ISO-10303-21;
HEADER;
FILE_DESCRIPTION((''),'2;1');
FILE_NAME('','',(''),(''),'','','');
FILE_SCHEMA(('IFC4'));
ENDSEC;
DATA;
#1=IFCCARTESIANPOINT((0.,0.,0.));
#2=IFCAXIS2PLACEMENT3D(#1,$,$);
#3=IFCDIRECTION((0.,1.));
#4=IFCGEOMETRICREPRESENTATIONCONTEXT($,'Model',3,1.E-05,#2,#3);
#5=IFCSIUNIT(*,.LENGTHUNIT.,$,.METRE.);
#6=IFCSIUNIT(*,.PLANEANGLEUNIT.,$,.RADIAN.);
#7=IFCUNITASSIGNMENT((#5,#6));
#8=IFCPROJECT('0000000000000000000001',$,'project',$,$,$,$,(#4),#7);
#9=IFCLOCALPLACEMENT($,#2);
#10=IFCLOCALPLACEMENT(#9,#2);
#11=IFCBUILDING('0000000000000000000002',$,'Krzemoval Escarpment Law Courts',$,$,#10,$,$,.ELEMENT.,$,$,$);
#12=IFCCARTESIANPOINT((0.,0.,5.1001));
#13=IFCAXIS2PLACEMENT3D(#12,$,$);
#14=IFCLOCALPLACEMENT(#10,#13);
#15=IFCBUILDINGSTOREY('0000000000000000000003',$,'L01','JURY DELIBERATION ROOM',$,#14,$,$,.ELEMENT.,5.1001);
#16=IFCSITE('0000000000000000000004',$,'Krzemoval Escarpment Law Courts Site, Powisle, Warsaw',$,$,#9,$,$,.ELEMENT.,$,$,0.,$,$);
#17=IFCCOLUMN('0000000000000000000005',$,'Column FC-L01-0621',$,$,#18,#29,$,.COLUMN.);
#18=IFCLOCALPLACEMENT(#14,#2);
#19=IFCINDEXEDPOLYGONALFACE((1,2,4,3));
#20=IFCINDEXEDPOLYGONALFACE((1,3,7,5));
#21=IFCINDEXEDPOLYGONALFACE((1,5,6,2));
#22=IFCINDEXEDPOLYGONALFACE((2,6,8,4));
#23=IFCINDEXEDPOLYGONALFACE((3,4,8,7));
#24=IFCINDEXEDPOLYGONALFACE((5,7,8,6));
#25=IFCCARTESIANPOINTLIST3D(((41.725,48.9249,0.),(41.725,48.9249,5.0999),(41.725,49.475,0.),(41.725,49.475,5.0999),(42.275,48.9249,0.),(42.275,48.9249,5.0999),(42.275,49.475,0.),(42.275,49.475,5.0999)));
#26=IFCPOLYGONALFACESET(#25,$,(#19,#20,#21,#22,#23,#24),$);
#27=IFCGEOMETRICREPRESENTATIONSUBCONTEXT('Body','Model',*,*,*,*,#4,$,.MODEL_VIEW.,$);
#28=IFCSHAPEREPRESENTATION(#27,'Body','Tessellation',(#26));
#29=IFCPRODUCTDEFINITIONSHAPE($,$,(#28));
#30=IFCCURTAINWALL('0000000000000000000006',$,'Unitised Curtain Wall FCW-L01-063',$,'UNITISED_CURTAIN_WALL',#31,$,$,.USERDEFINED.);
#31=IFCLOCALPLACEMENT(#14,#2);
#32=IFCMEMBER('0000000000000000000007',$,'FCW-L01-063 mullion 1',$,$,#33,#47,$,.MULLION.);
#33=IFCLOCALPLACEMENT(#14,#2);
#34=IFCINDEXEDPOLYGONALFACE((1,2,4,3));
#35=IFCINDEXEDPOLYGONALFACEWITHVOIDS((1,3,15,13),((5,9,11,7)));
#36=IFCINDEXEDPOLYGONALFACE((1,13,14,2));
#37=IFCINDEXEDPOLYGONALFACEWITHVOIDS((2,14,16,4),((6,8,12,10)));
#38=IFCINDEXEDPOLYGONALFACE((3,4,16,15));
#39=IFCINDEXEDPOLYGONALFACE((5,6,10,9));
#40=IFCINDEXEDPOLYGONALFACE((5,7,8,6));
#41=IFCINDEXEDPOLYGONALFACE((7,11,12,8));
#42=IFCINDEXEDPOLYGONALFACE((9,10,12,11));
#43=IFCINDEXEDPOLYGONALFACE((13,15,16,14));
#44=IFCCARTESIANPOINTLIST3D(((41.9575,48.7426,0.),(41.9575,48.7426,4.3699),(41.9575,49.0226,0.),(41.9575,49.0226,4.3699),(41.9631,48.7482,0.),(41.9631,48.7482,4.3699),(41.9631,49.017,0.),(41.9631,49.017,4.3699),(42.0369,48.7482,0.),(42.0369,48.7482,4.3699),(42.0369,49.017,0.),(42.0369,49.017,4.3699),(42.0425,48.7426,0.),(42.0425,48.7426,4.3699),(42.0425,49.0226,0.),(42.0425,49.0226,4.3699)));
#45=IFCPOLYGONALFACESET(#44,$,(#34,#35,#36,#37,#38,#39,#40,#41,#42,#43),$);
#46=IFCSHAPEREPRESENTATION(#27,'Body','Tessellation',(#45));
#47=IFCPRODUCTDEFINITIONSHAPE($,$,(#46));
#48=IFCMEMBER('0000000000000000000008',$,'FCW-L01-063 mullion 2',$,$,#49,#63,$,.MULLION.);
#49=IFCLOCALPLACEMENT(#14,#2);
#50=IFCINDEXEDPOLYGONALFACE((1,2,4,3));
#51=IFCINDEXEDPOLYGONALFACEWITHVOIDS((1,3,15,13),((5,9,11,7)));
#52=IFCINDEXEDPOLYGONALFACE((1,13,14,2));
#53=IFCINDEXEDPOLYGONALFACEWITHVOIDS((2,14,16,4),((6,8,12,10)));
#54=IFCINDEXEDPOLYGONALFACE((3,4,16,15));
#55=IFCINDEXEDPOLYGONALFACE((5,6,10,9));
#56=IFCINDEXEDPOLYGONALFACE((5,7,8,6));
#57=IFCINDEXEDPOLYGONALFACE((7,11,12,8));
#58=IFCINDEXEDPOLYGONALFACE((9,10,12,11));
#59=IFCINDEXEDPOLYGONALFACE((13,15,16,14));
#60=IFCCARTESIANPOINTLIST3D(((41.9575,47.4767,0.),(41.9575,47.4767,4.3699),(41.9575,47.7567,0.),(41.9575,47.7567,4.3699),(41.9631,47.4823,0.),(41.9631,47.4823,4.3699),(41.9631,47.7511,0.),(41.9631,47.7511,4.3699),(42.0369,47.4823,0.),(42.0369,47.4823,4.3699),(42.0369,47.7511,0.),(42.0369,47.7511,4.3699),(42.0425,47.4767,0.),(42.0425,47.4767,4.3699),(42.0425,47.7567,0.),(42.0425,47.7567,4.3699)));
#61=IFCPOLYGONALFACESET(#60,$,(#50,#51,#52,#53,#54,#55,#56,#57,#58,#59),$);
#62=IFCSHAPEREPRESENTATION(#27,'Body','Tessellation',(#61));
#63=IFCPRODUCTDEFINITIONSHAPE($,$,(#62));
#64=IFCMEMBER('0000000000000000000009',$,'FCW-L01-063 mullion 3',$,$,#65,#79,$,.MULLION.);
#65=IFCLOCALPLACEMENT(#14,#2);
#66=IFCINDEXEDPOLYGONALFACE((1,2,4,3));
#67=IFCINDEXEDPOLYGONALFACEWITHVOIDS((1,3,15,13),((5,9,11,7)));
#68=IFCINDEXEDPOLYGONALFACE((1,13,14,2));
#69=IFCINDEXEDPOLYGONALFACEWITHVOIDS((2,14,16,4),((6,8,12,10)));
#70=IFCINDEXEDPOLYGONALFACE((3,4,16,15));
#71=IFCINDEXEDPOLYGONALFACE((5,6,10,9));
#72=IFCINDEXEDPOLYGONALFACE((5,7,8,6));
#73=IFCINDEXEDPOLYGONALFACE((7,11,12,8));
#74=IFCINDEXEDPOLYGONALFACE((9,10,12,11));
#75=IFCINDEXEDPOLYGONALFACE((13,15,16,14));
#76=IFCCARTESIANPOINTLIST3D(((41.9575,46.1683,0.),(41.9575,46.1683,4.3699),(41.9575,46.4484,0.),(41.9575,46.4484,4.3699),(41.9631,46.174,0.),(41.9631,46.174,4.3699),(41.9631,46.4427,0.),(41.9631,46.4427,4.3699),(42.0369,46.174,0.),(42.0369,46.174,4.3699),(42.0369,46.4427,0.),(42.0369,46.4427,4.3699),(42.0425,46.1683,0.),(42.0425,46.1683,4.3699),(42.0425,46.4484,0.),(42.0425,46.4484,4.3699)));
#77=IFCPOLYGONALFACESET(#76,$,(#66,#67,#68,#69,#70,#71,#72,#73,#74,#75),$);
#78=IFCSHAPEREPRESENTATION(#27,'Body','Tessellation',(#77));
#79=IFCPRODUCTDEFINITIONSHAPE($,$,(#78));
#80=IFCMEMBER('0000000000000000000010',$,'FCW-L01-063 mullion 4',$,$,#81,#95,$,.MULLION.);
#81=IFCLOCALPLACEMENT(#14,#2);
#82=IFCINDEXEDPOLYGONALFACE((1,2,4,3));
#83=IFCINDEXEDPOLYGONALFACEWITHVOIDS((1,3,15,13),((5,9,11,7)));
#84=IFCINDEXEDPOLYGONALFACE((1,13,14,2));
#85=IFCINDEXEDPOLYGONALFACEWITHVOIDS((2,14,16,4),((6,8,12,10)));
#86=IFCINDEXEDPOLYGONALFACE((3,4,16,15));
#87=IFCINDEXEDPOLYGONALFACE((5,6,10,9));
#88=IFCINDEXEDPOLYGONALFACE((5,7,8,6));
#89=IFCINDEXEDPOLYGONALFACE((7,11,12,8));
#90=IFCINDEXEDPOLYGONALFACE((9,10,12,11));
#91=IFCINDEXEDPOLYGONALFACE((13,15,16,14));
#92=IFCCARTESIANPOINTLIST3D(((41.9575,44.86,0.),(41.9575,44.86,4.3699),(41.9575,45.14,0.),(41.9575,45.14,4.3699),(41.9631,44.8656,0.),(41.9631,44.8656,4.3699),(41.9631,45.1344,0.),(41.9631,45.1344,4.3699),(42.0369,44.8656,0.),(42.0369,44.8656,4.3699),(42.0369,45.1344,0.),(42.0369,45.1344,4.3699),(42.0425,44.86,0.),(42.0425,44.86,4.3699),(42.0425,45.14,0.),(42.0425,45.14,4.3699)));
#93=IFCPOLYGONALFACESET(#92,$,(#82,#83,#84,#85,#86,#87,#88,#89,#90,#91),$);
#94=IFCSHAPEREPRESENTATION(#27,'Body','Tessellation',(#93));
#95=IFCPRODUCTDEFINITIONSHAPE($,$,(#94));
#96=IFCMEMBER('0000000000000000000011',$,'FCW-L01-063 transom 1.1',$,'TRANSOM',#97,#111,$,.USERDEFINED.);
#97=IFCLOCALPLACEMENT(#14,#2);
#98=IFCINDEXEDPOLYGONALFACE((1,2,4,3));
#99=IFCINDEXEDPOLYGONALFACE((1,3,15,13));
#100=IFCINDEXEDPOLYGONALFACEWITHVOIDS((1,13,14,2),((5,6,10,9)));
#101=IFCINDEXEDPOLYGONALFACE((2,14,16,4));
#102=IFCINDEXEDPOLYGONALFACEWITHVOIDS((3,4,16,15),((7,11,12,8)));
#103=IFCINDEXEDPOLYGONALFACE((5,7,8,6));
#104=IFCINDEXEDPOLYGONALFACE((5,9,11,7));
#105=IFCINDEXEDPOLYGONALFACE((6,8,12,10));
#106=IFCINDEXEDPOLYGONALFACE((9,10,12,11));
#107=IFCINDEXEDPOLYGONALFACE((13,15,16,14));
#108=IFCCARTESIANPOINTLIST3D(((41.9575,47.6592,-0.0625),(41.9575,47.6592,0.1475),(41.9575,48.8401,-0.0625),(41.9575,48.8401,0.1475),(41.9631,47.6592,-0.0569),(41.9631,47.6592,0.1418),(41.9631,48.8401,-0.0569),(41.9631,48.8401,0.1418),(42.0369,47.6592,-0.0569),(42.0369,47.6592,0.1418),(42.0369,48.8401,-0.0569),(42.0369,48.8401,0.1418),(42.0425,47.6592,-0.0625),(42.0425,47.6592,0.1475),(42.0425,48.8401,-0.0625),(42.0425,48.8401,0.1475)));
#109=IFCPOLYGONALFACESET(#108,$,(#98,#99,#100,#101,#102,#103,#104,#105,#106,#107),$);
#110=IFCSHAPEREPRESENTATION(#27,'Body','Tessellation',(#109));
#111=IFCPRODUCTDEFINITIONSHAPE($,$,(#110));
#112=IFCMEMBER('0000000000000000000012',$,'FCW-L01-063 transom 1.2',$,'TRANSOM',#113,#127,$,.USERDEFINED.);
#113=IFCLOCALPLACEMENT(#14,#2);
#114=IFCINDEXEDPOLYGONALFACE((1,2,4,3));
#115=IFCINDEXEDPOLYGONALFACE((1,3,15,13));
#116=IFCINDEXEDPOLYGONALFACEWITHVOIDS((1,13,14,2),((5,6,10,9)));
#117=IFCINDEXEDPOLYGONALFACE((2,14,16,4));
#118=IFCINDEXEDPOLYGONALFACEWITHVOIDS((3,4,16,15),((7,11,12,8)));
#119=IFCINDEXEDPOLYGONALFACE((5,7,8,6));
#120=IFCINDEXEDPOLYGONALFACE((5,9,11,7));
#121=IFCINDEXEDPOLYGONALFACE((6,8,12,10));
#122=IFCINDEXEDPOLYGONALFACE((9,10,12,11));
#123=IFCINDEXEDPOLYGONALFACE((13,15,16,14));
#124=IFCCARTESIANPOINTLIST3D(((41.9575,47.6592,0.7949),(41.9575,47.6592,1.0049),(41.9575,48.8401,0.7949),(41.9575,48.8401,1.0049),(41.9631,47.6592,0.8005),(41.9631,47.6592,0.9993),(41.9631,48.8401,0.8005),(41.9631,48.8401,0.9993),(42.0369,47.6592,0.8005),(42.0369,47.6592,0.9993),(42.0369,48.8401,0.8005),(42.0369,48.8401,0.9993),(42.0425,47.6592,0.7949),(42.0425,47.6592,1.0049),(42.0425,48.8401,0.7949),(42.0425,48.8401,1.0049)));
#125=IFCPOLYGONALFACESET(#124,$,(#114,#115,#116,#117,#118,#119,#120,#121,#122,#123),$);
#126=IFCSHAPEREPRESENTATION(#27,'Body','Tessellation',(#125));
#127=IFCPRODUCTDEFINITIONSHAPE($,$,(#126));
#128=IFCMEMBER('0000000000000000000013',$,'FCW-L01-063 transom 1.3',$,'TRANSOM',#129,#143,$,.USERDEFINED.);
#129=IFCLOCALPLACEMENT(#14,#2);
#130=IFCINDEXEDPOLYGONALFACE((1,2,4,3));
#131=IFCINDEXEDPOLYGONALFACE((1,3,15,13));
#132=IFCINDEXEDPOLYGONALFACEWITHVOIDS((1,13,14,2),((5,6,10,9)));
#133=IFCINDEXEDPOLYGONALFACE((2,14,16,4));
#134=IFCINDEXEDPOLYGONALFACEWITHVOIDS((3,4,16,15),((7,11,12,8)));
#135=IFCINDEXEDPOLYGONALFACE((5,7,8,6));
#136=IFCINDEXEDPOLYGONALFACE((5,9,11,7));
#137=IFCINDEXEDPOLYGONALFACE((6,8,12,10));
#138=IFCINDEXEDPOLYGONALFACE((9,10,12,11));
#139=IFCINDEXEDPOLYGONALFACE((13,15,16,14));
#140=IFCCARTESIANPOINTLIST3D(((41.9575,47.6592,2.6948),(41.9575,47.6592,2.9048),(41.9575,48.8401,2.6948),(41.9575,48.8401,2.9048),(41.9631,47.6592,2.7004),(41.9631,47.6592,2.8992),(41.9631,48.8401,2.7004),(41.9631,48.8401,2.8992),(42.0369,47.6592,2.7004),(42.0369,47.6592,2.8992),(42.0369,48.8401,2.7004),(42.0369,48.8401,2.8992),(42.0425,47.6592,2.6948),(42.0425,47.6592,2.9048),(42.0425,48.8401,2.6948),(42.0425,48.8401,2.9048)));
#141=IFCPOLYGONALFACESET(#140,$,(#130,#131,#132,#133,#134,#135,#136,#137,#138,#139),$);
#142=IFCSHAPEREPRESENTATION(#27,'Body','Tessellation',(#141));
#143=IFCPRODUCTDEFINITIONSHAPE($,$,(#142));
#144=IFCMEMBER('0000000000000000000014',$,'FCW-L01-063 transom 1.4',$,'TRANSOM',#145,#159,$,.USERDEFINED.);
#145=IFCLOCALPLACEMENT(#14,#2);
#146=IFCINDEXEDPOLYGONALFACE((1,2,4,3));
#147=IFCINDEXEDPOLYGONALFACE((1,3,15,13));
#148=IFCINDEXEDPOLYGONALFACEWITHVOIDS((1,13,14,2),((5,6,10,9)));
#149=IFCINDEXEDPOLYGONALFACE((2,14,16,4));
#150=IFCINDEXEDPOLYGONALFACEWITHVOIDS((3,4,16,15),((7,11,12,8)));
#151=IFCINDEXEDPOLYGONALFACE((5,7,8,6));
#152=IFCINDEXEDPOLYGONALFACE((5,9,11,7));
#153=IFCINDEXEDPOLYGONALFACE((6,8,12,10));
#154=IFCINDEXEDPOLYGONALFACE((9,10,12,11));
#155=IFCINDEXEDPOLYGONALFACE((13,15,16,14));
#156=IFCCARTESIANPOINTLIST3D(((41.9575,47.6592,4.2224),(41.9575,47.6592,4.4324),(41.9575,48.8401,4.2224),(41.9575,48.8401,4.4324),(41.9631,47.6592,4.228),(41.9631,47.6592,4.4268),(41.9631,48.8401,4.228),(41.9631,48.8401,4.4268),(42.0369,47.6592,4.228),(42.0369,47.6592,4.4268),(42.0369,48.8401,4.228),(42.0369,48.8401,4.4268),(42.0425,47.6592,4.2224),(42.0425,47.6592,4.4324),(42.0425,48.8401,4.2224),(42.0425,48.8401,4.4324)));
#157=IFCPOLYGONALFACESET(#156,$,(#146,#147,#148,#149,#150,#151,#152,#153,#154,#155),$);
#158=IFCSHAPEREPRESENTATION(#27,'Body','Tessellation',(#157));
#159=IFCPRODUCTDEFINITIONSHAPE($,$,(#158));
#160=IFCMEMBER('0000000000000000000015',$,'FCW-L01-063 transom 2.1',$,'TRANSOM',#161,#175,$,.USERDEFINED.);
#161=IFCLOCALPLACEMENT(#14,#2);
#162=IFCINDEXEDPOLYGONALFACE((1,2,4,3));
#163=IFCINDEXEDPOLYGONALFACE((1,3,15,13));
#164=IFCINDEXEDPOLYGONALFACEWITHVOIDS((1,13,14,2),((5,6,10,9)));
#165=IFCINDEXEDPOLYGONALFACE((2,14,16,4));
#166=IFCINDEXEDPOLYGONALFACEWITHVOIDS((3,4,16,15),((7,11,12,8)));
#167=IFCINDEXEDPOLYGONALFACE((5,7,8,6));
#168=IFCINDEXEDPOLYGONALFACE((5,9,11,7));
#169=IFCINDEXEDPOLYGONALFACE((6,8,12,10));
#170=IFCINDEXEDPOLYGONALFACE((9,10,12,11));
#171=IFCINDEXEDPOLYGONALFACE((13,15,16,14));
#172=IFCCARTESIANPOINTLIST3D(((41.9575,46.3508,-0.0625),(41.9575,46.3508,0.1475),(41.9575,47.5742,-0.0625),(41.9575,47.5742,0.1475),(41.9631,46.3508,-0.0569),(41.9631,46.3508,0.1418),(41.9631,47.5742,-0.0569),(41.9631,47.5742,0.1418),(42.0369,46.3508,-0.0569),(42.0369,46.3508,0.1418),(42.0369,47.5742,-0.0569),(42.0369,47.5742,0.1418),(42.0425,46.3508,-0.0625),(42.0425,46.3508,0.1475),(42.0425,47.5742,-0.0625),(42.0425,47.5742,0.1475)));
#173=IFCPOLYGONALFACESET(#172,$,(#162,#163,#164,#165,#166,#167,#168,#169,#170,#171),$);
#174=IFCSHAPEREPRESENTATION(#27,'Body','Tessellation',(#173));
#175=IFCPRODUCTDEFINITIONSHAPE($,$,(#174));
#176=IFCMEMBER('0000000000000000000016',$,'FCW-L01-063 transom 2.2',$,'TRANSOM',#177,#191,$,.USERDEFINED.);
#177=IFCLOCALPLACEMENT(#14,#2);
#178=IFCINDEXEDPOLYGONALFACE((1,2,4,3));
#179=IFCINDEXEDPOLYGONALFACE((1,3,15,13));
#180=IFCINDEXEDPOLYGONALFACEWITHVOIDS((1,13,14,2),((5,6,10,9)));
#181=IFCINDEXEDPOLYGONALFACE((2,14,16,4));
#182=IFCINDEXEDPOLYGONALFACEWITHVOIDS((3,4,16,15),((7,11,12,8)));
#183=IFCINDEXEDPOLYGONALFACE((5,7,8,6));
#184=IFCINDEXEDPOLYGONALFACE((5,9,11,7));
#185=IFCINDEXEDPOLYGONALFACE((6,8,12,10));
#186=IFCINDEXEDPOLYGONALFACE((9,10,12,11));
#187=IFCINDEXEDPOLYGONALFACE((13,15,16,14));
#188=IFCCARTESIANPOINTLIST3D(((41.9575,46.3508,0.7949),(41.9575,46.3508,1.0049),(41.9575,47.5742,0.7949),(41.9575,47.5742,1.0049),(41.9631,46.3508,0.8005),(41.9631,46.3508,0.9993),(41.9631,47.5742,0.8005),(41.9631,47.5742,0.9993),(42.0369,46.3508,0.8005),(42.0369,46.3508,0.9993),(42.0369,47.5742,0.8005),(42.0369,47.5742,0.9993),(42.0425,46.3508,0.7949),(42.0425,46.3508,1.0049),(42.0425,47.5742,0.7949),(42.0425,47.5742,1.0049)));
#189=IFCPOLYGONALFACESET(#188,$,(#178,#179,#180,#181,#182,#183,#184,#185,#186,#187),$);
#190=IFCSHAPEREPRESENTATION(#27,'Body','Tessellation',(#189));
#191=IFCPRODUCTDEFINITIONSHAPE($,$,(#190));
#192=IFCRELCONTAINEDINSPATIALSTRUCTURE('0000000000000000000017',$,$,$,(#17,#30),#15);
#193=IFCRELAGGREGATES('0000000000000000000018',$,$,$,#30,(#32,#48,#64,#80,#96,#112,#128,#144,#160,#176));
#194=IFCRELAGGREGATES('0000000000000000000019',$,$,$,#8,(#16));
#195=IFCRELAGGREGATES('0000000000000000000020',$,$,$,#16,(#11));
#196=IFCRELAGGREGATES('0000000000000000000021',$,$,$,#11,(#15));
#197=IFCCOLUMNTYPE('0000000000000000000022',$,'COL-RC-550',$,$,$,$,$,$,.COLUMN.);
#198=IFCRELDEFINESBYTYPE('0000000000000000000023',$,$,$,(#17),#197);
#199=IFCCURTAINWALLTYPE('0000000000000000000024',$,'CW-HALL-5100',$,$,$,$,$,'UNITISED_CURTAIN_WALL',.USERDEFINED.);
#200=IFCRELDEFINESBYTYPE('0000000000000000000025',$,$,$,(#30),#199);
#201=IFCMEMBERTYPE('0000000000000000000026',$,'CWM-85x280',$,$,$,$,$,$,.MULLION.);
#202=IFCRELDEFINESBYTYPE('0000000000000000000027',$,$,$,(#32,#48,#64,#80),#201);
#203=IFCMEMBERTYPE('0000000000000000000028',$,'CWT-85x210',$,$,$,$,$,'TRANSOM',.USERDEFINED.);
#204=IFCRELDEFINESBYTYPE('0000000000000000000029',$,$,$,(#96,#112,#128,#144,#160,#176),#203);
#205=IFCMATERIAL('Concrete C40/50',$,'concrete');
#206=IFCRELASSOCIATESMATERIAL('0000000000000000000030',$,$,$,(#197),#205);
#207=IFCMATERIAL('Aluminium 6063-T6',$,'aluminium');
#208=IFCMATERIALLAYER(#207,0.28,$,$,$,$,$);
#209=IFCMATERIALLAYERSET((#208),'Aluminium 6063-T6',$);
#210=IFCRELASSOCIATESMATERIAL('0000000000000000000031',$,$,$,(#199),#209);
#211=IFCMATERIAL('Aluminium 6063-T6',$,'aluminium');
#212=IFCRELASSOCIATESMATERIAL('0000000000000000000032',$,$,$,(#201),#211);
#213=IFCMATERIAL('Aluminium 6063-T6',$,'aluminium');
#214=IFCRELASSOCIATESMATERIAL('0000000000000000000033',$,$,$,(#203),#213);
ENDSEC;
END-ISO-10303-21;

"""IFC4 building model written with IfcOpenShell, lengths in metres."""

from ifc_helpers import new_model, si_unit, direction, frame, origin, origin_2d, place, context, subcontext, project, spatial, rectangle, hollow_rectangle, extrude, material, layer, layer_set, material_profile, profile_set, type_object, element, aggregate, save


model = new_model("IFC4")

# Units and contexts
model_context = context("Model", 3, precision=1e-05, world=origin(), true_north=direction((0.0, 1.0)))
body_context = subcontext(model_context, "Body", "Model", "MODEL_VIEW")
ifc_project = project(units=[si_unit("LENGTHUNIT", "METRE"), si_unit("PLANEANGLEUNIT", "RADIAN")], contexts=[model_context])

# Site, building, storey
site_placement = place(None, origin())
site = spatial("IfcSite", under=ifc_project, at=site_placement, Name="Krzemoval Escarpment Law Courts Site, Powisle, Warsaw", CompositionType="ELEMENT", RefElevation=0.0)
building_placement = place(site_placement, origin())
building = spatial("IfcBuilding", under=site, at=building_placement, Name="Krzemoval Escarpment Law Courts", CompositionType="ELEMENT")
storey_placement = place(building_placement, frame((0.0, 0.0, 5.1001)))
storey = spatial("IfcBuildingStorey", under=building, at=storey_placement, Name="L01", Description="JURY DELIBERATION ROOM", CompositionType="ELEMENT", Elevation=5.1001)

# Column
ifc_material_1 = material(Name="Concrete C40/50", Category="concrete")
ifc_material_profile_1 = material_profile(ifc_material_1, rectangle(XDim=0.55, YDim=0.55, at=origin_2d()), Name="RC 550x550")
ifc_profile_set_1 = profile_set([ifc_material_profile_1], Name="Concrete C40/50")
column_type = type_object("IfcColumnType", Name="COL-RC-550", PredefinedType="COLUMN", material=ifc_profile_set_1)
column_placement = place(storey_placement, frame((42.0, 49.2, 0.0), z_axis=(0.0, 0.0, 1.0), x_axis=(1.0, 0.0, 0.0)))
element("IfcColumn", 1, at=column_placement, inside=storey, type_object=column_type, Name="Column FC-L01-0621", PredefinedType="COLUMN", context=body_context, shape_type="SweptSolid", body=[
    extrude(rectangle(XDim=0.55, YDim=0.55, at=origin_2d()), origin(), (0.0, 0.0, 1.0), 5.0999),
])

# Curtain wall, members
ifc_material_2 = material(Name="Aluminium 6063-T6", Category="aluminium")
ifc_layer_1 = layer(ifc_material_2, 0.28)
ifc_layer_set_1 = layer_set([ifc_layer_1], Name="Aluminium 6063-T6")
curtain_wall_type = type_object("IfcCurtainWallType", Name="CW-HALL-5100", ElementType="UNITISED_CURTAIN_WALL", PredefinedType="USERDEFINED", material=ifc_layer_set_1)
curtain_wall_placement = place(storey_placement, origin())
curtain_wall = element("IfcCurtainWall", 2, at=curtain_wall_placement, inside=storey, type_object=curtain_wall_type, Name="Unitised Curtain Wall FCW-L01-063", ObjectType="UNITISED_CURTAIN_WALL", PredefinedType="USERDEFINED")
ifc_material_3 = material(Name="Aluminium 6063-T6", Category="aluminium")
ifc_material_profile_2 = material_profile(ifc_material_3, hollow_rectangle(XDim=0.085, YDim=0.28, WallThickness=0.0056, at=origin_2d()), Name="ALU M85x280")
ifc_profile_set_2 = profile_set([ifc_material_profile_2], Name="Aluminium 6063-T6")
member_type_1 = type_object("IfcMemberType", Name="CWM-85x280", PredefinedType="MULLION", material=ifc_profile_set_2)
member_1_placement = place(storey_placement, frame((42.0, 48.8826, 0.0), z_axis=(0.0, 0.0, 1.0), x_axis=(1.0, 0.0, 0.0)))
member_1 = element("IfcMember", 3, at=member_1_placement, type_object=member_type_1, Name="FCW-L01-063 mullion 1", PredefinedType="MULLION", context=body_context, shape_type="SweptSolid", body=[
    extrude(hollow_rectangle(XDim=0.085, YDim=0.28, WallThickness=0.0056, at=origin_2d()), origin(), (0.0, 0.0, 1.0), 4.3699),
])
member_2_placement = place(storey_placement, frame((42.0, 47.6167, 0.0), z_axis=(0.0, 0.0, 1.0), x_axis=(1.0, 0.0, 0.0)))
member_2 = element("IfcMember", 4, at=member_2_placement, type_object=member_type_1, Name="FCW-L01-063 mullion 2", PredefinedType="MULLION", context=body_context, shape_type="SweptSolid", body=[
    extrude(hollow_rectangle(XDim=0.085, YDim=0.28, WallThickness=0.0056, at=origin_2d()), origin(), (0.0, 0.0, 1.0), 4.3699),
])
member_3_placement = place(storey_placement, frame((42.0, 46.3083, 0.0), z_axis=(0.0, 0.0, 1.0), x_axis=(1.0, 0.0, 0.0)))
member_3 = element("IfcMember", 5, at=member_3_placement, type_object=member_type_1, Name="FCW-L01-063 mullion 3", PredefinedType="MULLION", context=body_context, shape_type="SweptSolid", body=[
    extrude(hollow_rectangle(XDim=0.085, YDim=0.28, WallThickness=0.0056, at=origin_2d()), origin(), (0.0, 0.0, 1.0), 4.3699),
])
member_4_placement = place(storey_placement, frame((42.0, 45.0, 0.0), z_axis=(0.0, 0.0, 1.0), x_axis=(1.0, 0.0, 0.0)))
member_4 = element("IfcMember", 6, at=member_4_placement, type_object=member_type_1, Name="FCW-L01-063 mullion 4", PredefinedType="MULLION", context=body_context, shape_type="SweptSolid", body=[
    extrude(hollow_rectangle(XDim=0.085, YDim=0.28, WallThickness=0.0056, at=origin_2d()), origin(), (0.0, 0.0, 1.0), 4.3699),
])
ifc_material_4 = material(Name="Aluminium 6063-T6", Category="aluminium")
ifc_material_profile_3 = material_profile(ifc_material_4, hollow_rectangle(XDim=0.085, YDim=0.21, WallThickness=0.0056, at=origin_2d()), Name="ALU T85x210")
ifc_profile_set_3 = profile_set([ifc_material_profile_3], Name="Aluminium 6063-T6")
member_type_2 = type_object("IfcMemberType", Name="CWT-85x210", ElementType="TRANSOM", PredefinedType="USERDEFINED", material=ifc_profile_set_3)
member_5_placement = place(storey_placement, frame((42.0, 48.8401, 0.0425), z_axis=(0.0, -1.0, 0.0), x_axis=(1.0, 0.0, 0.0)))
member_5 = element("IfcMember", 7, at=member_5_placement, type_object=member_type_2, Name="FCW-L01-063 transom 1.1", ObjectType="TRANSOM", PredefinedType="USERDEFINED", context=body_context, shape_type="SweptSolid", body=[
    extrude(hollow_rectangle(XDim=0.085, YDim=0.21, WallThickness=0.0056, at=origin_2d()), origin(), (0.0, 0.0, 1.0), 1.1809),
])
member_6_placement = place(storey_placement, frame((42.0, 48.8401, 0.8999), z_axis=(0.0, -1.0, 0.0), x_axis=(1.0, 0.0, 0.0)))
member_6 = element("IfcMember", 8, at=member_6_placement, type_object=member_type_2, Name="FCW-L01-063 transom 1.2", ObjectType="TRANSOM", PredefinedType="USERDEFINED", context=body_context, shape_type="SweptSolid", body=[
    extrude(hollow_rectangle(XDim=0.085, YDim=0.21, WallThickness=0.0056, at=origin_2d()), origin(), (0.0, 0.0, 1.0), 1.1809),
])
member_7_placement = place(storey_placement, frame((42.0, 48.8401, 2.7998), z_axis=(0.0, -1.0, 0.0), x_axis=(1.0, 0.0, 0.0)))
member_7 = element("IfcMember", 9, at=member_7_placement, type_object=member_type_2, Name="FCW-L01-063 transom 1.3", ObjectType="TRANSOM", PredefinedType="USERDEFINED", context=body_context, shape_type="SweptSolid", body=[
    extrude(hollow_rectangle(XDim=0.085, YDim=0.21, WallThickness=0.0056, at=origin_2d()), origin(), (0.0, 0.0, 1.0), 1.1809),
])
member_8_placement = place(storey_placement, frame((42.0, 48.8401, 4.3274), z_axis=(0.0, -1.0, 0.0), x_axis=(1.0, 0.0, 0.0)))
member_8 = element("IfcMember", 10, at=member_8_placement, type_object=member_type_2, Name="FCW-L01-063 transom 1.4", ObjectType="TRANSOM", PredefinedType="USERDEFINED", context=body_context, shape_type="SweptSolid", body=[
    extrude(hollow_rectangle(XDim=0.085, YDim=0.21, WallThickness=0.0056, at=origin_2d()), origin(), (0.0, 0.0, 1.0), 1.1809),
])
member_9_placement = place(storey_placement, frame((42.0, 47.5742, 0.0425), z_axis=(0.0, -1.0, 0.0), x_axis=(1.0, 0.0, 0.0)))
member_9 = element("IfcMember", 11, at=member_9_placement, type_object=member_type_2, Name="FCW-L01-063 transom 2.1", ObjectType="TRANSOM", PredefinedType="USERDEFINED", context=body_context, shape_type="SweptSolid", body=[
    extrude(hollow_rectangle(XDim=0.085, YDim=0.21, WallThickness=0.0056, at=origin_2d()), origin(), (0.0, 0.0, 1.0), 1.2234),
])
member_10_placement = place(storey_placement, frame((42.0, 47.5742, 0.8999), z_axis=(0.0, -1.0, 0.0), x_axis=(1.0, 0.0, 0.0)))
member_10 = element("IfcMember", 12, at=member_10_placement, type_object=member_type_2, Name="FCW-L01-063 transom 2.2", ObjectType="TRANSOM", PredefinedType="USERDEFINED", context=body_context, shape_type="SweptSolid", body=[
    extrude(hollow_rectangle(XDim=0.085, YDim=0.21, WallThickness=0.0056, at=origin_2d()), origin(), (0.0, 0.0, 1.0), 1.2234),
])

aggregate(curtain_wall, [member_1, member_2, member_3, member_4, member_5, member_6, member_7, member_8, member_9, member_10])

save(model, "model.ifc")
